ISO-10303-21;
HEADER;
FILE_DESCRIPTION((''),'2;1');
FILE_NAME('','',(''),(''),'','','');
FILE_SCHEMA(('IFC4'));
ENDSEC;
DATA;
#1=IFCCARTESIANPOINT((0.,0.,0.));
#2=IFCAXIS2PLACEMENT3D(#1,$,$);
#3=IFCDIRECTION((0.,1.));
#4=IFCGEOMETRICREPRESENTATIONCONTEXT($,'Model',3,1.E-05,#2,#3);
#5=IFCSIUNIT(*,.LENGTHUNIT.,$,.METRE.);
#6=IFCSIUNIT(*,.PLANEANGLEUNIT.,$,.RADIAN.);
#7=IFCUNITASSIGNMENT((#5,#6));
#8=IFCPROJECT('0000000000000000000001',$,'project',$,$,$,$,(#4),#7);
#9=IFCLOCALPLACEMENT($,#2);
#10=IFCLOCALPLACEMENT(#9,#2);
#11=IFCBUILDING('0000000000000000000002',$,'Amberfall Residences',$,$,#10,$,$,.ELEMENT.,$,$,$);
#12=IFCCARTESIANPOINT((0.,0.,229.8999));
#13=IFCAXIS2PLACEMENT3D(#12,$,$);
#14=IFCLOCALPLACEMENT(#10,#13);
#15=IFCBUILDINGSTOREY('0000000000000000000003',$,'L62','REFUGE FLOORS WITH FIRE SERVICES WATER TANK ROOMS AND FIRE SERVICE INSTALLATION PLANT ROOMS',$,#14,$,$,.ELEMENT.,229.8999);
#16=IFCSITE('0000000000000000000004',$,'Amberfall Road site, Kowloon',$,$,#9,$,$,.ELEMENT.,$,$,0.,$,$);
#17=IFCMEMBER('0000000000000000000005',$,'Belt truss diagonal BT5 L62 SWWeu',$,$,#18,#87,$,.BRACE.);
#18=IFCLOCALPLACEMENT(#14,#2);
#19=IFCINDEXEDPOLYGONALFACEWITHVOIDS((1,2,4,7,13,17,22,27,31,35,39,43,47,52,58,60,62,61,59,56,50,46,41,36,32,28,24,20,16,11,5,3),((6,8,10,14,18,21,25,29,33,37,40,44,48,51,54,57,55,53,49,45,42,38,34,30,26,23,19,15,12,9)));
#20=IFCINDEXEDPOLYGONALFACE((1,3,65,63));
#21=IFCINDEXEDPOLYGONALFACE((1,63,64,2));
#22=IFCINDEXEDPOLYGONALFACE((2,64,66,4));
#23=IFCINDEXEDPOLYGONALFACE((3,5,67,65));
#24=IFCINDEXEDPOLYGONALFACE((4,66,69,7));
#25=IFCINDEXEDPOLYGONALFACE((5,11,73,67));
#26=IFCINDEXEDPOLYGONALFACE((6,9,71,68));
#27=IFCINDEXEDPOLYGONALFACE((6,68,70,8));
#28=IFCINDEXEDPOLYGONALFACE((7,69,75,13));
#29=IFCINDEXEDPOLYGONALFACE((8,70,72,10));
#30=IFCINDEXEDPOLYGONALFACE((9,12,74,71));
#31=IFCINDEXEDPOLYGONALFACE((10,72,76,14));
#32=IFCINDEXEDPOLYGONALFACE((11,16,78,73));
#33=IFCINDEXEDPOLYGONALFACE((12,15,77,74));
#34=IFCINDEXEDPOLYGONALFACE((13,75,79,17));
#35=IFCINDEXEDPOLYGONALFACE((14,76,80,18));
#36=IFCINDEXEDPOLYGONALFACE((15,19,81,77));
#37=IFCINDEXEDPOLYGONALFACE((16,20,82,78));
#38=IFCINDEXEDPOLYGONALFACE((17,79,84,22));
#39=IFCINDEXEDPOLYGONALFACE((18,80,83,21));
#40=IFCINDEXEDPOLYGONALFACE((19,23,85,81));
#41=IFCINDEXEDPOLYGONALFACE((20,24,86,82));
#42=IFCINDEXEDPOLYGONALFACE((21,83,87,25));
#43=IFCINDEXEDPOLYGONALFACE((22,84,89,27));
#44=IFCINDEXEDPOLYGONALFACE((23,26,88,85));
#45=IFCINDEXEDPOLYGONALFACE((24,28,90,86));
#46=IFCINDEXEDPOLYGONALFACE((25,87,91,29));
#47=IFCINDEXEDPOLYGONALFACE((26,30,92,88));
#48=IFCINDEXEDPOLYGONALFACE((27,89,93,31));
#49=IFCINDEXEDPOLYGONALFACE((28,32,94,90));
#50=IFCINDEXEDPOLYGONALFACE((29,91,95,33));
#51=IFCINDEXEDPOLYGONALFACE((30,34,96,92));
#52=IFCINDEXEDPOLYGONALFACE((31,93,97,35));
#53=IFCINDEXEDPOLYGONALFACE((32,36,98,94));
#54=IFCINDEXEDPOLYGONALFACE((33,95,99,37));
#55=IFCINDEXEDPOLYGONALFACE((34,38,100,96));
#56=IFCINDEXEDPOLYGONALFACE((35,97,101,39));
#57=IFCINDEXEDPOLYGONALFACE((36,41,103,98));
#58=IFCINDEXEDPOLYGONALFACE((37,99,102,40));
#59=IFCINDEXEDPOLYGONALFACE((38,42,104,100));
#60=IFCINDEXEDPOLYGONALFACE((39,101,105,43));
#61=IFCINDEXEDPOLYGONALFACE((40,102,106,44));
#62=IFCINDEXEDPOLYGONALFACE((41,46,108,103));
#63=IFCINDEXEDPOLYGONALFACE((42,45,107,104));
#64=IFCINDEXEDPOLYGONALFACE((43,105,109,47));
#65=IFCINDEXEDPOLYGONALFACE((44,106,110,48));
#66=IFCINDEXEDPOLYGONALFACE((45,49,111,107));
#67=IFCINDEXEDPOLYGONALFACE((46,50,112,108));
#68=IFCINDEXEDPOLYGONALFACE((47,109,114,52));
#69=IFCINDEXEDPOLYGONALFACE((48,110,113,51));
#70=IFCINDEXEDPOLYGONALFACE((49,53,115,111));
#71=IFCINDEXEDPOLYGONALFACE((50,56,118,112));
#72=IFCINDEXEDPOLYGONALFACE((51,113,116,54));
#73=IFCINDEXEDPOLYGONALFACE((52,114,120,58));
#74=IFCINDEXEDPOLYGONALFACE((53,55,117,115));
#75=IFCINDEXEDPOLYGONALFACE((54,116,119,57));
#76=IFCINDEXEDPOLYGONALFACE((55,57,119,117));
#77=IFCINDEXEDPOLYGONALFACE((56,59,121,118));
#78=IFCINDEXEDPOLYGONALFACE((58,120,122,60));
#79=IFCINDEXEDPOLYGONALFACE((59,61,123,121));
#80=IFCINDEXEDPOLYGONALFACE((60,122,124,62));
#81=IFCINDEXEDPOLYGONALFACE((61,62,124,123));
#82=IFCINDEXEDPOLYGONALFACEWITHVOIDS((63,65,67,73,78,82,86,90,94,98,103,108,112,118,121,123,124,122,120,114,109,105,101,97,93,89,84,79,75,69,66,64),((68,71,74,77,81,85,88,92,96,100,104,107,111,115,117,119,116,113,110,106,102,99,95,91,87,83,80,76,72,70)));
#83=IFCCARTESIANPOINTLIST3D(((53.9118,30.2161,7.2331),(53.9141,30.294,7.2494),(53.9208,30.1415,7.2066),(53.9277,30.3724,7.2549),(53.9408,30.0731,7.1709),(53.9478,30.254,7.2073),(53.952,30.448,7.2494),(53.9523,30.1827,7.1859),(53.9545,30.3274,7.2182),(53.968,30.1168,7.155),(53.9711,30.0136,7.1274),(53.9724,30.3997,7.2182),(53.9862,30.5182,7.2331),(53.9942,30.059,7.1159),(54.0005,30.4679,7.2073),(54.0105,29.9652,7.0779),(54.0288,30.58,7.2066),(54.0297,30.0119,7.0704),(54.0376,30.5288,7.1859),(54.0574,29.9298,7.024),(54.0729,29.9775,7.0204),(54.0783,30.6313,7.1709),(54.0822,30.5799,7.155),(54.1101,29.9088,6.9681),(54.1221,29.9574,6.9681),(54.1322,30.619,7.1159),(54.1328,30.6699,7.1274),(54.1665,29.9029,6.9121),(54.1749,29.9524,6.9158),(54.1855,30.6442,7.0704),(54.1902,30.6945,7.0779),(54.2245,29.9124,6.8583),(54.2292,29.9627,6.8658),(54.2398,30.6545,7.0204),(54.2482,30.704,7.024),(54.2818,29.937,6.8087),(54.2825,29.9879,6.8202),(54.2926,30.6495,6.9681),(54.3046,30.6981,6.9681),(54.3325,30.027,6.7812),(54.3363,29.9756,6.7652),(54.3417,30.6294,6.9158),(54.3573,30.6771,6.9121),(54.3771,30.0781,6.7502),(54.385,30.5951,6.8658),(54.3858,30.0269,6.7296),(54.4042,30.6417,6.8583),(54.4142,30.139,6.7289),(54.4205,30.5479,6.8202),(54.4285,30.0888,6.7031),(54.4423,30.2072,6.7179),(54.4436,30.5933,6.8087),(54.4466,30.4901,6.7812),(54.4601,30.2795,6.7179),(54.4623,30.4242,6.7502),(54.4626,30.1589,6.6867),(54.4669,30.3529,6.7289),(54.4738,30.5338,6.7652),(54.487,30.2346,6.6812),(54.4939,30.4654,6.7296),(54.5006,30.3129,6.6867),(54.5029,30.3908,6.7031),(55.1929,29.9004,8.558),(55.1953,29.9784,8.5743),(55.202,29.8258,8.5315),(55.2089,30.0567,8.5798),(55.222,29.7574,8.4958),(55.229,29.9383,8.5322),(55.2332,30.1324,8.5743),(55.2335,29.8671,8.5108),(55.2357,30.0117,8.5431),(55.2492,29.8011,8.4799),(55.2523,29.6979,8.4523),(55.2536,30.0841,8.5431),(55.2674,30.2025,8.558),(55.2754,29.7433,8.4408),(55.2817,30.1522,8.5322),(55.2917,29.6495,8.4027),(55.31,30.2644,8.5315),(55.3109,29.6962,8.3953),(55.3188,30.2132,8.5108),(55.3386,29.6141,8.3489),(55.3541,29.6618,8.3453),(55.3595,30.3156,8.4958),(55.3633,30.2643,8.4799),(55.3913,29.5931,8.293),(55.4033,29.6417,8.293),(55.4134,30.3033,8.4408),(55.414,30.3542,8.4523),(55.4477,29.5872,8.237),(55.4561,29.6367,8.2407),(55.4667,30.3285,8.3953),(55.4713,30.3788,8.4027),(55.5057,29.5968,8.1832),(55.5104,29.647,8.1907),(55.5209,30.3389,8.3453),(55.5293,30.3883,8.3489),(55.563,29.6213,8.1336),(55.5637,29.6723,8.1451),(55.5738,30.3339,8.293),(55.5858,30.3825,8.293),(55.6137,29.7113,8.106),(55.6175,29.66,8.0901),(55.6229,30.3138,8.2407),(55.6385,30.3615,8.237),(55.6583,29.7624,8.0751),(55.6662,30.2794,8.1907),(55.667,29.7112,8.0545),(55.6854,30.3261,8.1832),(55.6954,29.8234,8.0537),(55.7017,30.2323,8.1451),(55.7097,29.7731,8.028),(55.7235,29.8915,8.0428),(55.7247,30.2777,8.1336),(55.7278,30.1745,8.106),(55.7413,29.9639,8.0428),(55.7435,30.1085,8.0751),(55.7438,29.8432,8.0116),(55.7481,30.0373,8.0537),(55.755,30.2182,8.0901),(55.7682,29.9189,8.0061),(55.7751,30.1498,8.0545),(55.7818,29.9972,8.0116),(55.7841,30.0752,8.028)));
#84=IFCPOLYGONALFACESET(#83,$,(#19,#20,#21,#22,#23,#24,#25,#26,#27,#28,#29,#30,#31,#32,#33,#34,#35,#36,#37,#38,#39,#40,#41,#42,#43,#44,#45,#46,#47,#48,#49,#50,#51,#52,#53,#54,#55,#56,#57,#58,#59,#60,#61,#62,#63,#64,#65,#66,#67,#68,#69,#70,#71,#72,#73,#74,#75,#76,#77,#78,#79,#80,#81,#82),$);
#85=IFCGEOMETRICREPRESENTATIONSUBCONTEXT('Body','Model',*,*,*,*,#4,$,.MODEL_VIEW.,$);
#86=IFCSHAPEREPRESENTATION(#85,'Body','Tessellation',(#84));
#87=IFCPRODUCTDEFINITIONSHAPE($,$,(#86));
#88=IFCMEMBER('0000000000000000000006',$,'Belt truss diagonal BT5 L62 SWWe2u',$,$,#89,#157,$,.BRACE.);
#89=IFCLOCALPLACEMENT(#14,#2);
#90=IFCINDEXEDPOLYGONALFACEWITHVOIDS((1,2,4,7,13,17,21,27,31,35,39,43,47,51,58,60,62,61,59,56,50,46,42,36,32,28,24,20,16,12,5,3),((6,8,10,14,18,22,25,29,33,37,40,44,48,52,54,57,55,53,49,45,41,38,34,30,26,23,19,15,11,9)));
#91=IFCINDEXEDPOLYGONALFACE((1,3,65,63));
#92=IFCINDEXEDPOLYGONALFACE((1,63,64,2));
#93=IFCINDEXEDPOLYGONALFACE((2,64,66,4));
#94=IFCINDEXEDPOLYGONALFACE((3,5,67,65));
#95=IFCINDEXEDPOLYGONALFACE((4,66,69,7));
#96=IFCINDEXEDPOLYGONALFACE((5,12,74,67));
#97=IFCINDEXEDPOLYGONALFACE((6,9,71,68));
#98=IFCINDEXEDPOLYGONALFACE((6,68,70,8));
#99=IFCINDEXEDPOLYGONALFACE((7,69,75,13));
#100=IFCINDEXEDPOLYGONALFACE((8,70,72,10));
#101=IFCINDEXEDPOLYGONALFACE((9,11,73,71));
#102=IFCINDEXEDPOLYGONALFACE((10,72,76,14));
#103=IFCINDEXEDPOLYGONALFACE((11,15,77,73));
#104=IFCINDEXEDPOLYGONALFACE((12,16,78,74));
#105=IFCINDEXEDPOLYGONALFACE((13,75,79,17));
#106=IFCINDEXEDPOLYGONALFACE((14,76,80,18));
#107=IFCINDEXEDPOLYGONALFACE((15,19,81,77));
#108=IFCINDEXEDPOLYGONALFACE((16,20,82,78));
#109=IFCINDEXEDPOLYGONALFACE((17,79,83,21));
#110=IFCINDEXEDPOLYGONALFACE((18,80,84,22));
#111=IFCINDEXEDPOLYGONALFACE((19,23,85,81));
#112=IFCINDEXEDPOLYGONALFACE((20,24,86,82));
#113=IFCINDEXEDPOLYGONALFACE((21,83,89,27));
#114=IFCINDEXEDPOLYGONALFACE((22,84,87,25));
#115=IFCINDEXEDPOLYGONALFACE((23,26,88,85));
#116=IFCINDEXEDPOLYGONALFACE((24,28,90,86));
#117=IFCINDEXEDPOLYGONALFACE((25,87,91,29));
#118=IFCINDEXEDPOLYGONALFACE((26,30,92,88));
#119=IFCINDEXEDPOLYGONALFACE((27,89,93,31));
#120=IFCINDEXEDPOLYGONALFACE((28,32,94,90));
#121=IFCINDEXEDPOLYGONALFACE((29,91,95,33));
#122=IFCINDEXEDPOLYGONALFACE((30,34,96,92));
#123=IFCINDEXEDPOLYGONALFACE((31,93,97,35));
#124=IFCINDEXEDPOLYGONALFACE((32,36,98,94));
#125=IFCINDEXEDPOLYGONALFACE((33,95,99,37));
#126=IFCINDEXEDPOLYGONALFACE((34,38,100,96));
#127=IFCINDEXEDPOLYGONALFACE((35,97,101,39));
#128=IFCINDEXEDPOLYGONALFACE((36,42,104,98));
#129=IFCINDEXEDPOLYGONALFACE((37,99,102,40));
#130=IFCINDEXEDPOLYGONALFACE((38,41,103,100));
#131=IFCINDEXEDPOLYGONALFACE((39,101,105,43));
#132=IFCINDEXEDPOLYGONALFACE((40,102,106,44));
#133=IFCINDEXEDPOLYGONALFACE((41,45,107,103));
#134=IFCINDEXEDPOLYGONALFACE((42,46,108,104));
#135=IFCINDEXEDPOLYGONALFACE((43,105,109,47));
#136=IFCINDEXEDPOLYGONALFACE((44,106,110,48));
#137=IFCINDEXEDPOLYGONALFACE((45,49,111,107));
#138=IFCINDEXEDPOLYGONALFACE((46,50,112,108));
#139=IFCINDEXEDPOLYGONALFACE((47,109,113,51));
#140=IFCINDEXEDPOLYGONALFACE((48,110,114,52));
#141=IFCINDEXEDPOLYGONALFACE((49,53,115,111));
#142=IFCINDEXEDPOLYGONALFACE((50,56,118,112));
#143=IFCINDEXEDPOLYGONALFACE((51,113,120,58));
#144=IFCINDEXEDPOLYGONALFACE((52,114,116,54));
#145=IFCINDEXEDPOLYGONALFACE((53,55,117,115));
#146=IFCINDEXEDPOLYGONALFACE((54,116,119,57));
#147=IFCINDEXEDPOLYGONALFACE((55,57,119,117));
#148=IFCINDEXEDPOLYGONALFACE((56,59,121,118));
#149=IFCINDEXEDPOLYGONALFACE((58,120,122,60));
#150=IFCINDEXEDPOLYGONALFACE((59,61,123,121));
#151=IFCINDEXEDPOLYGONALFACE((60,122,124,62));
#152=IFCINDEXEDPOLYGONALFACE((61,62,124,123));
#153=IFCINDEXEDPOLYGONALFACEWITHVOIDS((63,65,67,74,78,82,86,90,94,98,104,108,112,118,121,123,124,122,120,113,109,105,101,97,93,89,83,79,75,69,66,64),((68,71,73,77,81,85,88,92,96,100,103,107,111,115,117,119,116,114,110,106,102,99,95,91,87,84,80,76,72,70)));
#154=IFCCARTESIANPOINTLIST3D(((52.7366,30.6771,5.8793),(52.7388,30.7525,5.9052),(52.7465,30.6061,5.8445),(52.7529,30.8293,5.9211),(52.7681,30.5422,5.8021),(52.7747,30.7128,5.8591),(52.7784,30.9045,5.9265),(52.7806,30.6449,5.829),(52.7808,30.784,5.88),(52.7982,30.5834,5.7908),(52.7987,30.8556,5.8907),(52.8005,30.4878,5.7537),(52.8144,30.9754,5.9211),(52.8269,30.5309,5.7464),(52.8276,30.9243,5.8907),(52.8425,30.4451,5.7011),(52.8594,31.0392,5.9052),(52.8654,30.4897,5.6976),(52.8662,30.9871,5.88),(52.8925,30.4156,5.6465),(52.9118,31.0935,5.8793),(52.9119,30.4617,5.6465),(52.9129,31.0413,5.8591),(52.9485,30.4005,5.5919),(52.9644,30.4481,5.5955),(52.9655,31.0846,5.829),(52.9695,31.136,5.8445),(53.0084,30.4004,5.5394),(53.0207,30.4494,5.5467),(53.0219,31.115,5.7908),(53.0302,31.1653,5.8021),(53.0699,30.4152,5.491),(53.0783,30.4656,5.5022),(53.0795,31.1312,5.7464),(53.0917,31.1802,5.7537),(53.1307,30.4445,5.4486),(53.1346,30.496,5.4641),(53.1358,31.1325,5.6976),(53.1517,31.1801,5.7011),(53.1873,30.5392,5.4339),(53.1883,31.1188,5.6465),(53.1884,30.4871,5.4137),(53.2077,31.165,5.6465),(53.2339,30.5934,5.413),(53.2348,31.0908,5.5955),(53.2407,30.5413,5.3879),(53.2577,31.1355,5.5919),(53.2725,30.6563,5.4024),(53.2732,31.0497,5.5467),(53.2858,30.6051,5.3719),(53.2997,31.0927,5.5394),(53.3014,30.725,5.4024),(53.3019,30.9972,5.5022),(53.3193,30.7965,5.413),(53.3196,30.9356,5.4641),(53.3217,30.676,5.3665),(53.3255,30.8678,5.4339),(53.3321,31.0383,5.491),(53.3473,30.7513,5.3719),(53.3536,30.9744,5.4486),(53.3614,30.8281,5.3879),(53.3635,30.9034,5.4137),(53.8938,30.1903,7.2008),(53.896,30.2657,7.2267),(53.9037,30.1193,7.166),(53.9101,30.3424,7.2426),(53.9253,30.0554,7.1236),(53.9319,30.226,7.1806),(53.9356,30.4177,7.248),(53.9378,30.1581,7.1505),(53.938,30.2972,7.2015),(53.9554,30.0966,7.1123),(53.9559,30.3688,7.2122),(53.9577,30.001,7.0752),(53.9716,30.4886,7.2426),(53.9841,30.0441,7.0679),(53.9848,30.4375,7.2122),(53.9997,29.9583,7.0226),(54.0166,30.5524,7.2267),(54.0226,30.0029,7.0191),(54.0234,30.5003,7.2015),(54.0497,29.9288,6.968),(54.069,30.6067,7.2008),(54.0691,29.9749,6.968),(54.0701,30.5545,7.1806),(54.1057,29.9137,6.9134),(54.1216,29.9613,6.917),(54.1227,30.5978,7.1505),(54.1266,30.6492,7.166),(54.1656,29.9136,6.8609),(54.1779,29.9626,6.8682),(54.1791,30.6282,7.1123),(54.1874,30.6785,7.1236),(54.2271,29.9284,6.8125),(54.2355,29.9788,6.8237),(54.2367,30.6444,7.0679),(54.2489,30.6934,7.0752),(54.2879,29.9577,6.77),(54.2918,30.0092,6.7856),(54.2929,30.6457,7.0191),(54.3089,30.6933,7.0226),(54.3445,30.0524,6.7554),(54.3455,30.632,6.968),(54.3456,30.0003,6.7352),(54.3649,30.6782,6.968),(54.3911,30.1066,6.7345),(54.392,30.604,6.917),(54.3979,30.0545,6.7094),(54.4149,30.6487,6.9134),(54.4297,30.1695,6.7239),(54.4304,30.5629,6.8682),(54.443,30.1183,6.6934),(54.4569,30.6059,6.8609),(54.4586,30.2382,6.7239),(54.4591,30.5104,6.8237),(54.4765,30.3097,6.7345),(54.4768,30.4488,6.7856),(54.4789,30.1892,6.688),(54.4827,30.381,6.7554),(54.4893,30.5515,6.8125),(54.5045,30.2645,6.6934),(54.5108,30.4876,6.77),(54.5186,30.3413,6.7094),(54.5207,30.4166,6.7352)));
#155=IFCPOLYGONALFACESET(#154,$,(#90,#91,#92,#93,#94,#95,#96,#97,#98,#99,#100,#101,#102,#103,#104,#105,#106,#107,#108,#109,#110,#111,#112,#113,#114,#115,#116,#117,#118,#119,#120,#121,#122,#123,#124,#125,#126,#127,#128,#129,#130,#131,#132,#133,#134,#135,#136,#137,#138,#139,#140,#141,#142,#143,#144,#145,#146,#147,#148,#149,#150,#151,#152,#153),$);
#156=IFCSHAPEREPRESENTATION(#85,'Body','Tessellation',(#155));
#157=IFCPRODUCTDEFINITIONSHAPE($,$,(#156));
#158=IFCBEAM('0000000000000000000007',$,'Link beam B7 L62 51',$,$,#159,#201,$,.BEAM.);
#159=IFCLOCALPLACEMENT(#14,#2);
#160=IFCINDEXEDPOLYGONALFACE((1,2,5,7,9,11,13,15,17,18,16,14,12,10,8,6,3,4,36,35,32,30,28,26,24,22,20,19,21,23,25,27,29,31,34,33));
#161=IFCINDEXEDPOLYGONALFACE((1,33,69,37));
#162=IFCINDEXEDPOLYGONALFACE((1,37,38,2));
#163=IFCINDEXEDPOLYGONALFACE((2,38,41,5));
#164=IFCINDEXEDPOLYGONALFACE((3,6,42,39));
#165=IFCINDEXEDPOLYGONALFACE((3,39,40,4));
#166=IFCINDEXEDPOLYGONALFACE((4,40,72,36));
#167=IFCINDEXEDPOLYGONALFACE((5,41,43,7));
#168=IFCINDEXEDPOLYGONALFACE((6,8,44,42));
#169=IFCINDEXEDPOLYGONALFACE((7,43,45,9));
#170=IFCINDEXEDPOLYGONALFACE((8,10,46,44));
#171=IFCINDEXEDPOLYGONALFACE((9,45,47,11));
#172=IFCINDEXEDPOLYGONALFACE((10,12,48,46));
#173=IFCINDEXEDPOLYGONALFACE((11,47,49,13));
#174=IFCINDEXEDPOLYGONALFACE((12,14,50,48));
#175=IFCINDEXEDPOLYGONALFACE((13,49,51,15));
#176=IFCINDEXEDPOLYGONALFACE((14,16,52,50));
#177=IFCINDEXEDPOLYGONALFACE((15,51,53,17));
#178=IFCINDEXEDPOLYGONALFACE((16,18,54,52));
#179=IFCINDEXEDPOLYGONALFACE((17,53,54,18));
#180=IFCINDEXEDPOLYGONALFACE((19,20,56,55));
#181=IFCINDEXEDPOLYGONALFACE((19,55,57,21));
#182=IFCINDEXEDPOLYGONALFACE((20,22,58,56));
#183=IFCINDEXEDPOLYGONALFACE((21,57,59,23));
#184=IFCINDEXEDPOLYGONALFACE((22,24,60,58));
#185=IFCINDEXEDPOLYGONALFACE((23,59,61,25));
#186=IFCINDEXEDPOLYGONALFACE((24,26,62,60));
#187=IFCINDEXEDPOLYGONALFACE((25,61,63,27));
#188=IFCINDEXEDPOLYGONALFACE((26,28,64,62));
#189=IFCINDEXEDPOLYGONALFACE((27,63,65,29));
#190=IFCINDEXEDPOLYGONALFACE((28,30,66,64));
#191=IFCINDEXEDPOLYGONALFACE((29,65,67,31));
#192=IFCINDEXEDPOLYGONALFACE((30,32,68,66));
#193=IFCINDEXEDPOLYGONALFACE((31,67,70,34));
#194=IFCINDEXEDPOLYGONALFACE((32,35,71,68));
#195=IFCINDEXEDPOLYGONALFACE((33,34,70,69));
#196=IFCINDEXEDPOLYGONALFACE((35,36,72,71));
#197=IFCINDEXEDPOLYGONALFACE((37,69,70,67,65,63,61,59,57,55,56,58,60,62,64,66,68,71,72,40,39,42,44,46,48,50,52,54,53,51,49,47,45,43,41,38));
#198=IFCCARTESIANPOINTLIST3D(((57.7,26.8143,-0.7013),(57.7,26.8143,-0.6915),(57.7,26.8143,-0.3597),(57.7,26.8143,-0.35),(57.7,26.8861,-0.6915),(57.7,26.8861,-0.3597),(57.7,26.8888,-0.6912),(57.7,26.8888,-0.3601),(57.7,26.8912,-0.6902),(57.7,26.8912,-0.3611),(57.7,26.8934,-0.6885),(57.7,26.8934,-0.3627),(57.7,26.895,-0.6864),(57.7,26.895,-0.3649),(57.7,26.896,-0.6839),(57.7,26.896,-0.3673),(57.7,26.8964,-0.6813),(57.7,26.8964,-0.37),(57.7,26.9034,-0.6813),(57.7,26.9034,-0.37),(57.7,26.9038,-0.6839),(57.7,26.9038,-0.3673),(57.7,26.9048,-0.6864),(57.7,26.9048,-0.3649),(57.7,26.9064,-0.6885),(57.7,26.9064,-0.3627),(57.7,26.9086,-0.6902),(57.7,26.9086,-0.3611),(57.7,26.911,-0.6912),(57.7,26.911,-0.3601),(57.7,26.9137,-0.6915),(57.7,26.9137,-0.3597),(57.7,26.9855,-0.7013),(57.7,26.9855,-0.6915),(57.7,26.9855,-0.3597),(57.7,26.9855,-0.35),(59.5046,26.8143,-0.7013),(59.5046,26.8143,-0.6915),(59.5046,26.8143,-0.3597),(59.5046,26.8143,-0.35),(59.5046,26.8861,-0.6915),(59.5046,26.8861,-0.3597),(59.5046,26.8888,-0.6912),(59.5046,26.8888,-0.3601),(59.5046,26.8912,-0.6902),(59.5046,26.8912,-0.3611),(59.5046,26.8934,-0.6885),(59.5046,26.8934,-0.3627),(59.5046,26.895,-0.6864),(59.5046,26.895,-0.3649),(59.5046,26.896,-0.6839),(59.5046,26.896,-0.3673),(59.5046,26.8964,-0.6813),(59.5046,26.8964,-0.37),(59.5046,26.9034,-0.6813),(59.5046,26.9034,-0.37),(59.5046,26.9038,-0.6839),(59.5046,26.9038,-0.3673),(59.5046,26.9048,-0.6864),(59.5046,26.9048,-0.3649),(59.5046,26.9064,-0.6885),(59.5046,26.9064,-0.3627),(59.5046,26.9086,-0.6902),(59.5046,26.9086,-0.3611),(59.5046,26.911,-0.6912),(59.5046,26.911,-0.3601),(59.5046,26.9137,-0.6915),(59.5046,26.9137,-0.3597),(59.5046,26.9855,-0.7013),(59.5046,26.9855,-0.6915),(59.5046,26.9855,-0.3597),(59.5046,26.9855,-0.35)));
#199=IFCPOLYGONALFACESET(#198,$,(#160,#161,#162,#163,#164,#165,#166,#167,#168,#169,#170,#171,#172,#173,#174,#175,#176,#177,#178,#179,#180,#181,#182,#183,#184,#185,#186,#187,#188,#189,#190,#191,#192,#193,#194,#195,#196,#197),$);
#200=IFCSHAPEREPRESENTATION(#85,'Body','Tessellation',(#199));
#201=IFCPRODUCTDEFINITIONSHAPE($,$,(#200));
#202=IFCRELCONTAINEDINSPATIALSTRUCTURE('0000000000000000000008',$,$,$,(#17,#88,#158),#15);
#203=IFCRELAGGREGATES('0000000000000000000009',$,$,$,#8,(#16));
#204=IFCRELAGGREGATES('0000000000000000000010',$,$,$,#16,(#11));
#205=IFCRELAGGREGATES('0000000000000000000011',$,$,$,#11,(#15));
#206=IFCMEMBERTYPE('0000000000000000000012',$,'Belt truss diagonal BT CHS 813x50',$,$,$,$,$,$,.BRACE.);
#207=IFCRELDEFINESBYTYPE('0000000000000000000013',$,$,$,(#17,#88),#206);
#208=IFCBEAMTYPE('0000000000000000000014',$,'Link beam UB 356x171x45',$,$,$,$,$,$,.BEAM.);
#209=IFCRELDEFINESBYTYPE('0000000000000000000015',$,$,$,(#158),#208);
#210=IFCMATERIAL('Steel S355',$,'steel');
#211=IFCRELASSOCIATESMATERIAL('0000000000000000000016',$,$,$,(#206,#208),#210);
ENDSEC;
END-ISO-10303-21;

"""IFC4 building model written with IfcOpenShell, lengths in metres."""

from ifc_helpers import new_model, si_unit, direction, frame, origin, origin_2d, place, context, subcontext, project, spatial, hollow_circle, i_section, extrude, material, material_profile, profile_set, type_object, element, save


model = new_model("IFC4")

# Units and contexts
model_context = context("Model", 3, precision=1e-05, world=origin(), true_north=direction((0.0, 1.0)))
body_context = subcontext(model_context, "Body", "Model", "MODEL_VIEW")
ifc_project = project(units=[si_unit("LENGTHUNIT", "METRE"), si_unit("PLANEANGLEUNIT", "RADIAN")], contexts=[model_context])

# Site, building, storey
site_placement = place(None, origin())
site = spatial("IfcSite", under=ifc_project, at=site_placement, Name="Amberfall Road site, Kowloon", CompositionType="ELEMENT", RefElevation=0.0)
building_placement = place(site_placement, origin())
building = spatial("IfcBuilding", under=site, at=building_placement, Name="Amberfall Residences", CompositionType="ELEMENT")
storey_placement = place(building_placement, frame((0.0, 0.0, 229.8999)))
storey = spatial("IfcBuildingStorey", under=building, at=storey_placement, Name="L62", Description="REFUGE FLOORS WITH FIRE SERVICES WATER TANK ROOMS AND FIRE SERVICE INSTALLATION PLANT ROOMS", CompositionType="ELEMENT", Elevation=229.8999)

# Shared definitions
ifc_material_1 = material(Name="Steel S355", Category="steel")

# Members
ifc_material_profile_1 = material_profile(ifc_material_1, hollow_circle(Radius=0.4065, WallThickness=0.05, at=origin_2d()), Name="CHS 813x50")
ifc_profile_set_1 = profile_set([ifc_material_profile_1], Name="Steel S355")
member_type = type_object("IfcMemberType", Name="Belt truss diagonal BT CHS 813x50", PredefinedType="BRACE", material=ifc_profile_set_1)
member_1_placement = place(storey_placement, frame((55.4885, 29.9878, 8.293), z_axis=(-0.685175, 0.168813, -0.708546), x_axis=(-0.239226, -0.970964, 0.0)))
element("IfcMember", 1, at=member_1_placement, inside=storey, type_object=member_type, Name="Belt truss diagonal BT5 L62 SWWeu", PredefinedType="BRACE", context=body_context, shape_type="SweptSolid", body=[
    extrude(hollow_circle(Radius=0.4065, WallThickness=0.05, at=origin_2d()), origin(), (0.0, 0.0, 1.0), 1.8699),
])
member_2_placement = place(storey_placement, frame((54.2073, 30.3035, 6.968), z_axis=(-0.634861, 0.26707, -0.725), x_axis=(-0.387761, -0.92176, 0.0)))
element("IfcMember", 2, at=member_2_placement, inside=storey, type_object=member_type, Name="Belt truss diagonal BT5 L62 SWWe2u", PredefinedType="BRACE", context=body_context, shape_type="SweptSolid", body=[
    extrude(hollow_circle(Radius=0.4065, WallThickness=0.05, at=origin_2d()), origin(), (0.0, 0.0, 1.0), 1.8228),
])

# Beam
ifc_material_profile_2 = material_profile(ifc_material_1, i_section(OverallWidth=0.1711, OverallDepth=0.3513, WebThickness=0.0071, FlangeThickness=0.0098, FilletRadius=0.0103, at=origin_2d()), Name="UB 356x171x45")
ifc_profile_set_2 = profile_set([ifc_material_profile_2], Name="Steel S355")
beam_type_1 = type_object("IfcBeamType", Name="Link beam UB 356x171x45", PredefinedType="BEAM", material=ifc_profile_set_2)
beam_1_placement = place(storey_placement, frame((57.7, 26.8999, -0.5256), z_axis=(1.0, 0.0, 0.0), x_axis=(0.0, 1.0, 0.0)))
element("IfcBeam", 3, at=beam_1_placement, inside=storey, type_object=beam_type_1, Name="Link beam B7 L62 51", PredefinedType="BEAM", context=body_context, shape_type="SweptSolid", body=[
    extrude(i_section(OverallWidth=0.1711, OverallDepth=0.3513, WebThickness=0.0071, FlangeThickness=0.0098, FilletRadius=0.0103, at=origin_2d()), origin(), (0.0, 0.0, 1.0), 1.8047),
])

save(model, "model.ifc")
